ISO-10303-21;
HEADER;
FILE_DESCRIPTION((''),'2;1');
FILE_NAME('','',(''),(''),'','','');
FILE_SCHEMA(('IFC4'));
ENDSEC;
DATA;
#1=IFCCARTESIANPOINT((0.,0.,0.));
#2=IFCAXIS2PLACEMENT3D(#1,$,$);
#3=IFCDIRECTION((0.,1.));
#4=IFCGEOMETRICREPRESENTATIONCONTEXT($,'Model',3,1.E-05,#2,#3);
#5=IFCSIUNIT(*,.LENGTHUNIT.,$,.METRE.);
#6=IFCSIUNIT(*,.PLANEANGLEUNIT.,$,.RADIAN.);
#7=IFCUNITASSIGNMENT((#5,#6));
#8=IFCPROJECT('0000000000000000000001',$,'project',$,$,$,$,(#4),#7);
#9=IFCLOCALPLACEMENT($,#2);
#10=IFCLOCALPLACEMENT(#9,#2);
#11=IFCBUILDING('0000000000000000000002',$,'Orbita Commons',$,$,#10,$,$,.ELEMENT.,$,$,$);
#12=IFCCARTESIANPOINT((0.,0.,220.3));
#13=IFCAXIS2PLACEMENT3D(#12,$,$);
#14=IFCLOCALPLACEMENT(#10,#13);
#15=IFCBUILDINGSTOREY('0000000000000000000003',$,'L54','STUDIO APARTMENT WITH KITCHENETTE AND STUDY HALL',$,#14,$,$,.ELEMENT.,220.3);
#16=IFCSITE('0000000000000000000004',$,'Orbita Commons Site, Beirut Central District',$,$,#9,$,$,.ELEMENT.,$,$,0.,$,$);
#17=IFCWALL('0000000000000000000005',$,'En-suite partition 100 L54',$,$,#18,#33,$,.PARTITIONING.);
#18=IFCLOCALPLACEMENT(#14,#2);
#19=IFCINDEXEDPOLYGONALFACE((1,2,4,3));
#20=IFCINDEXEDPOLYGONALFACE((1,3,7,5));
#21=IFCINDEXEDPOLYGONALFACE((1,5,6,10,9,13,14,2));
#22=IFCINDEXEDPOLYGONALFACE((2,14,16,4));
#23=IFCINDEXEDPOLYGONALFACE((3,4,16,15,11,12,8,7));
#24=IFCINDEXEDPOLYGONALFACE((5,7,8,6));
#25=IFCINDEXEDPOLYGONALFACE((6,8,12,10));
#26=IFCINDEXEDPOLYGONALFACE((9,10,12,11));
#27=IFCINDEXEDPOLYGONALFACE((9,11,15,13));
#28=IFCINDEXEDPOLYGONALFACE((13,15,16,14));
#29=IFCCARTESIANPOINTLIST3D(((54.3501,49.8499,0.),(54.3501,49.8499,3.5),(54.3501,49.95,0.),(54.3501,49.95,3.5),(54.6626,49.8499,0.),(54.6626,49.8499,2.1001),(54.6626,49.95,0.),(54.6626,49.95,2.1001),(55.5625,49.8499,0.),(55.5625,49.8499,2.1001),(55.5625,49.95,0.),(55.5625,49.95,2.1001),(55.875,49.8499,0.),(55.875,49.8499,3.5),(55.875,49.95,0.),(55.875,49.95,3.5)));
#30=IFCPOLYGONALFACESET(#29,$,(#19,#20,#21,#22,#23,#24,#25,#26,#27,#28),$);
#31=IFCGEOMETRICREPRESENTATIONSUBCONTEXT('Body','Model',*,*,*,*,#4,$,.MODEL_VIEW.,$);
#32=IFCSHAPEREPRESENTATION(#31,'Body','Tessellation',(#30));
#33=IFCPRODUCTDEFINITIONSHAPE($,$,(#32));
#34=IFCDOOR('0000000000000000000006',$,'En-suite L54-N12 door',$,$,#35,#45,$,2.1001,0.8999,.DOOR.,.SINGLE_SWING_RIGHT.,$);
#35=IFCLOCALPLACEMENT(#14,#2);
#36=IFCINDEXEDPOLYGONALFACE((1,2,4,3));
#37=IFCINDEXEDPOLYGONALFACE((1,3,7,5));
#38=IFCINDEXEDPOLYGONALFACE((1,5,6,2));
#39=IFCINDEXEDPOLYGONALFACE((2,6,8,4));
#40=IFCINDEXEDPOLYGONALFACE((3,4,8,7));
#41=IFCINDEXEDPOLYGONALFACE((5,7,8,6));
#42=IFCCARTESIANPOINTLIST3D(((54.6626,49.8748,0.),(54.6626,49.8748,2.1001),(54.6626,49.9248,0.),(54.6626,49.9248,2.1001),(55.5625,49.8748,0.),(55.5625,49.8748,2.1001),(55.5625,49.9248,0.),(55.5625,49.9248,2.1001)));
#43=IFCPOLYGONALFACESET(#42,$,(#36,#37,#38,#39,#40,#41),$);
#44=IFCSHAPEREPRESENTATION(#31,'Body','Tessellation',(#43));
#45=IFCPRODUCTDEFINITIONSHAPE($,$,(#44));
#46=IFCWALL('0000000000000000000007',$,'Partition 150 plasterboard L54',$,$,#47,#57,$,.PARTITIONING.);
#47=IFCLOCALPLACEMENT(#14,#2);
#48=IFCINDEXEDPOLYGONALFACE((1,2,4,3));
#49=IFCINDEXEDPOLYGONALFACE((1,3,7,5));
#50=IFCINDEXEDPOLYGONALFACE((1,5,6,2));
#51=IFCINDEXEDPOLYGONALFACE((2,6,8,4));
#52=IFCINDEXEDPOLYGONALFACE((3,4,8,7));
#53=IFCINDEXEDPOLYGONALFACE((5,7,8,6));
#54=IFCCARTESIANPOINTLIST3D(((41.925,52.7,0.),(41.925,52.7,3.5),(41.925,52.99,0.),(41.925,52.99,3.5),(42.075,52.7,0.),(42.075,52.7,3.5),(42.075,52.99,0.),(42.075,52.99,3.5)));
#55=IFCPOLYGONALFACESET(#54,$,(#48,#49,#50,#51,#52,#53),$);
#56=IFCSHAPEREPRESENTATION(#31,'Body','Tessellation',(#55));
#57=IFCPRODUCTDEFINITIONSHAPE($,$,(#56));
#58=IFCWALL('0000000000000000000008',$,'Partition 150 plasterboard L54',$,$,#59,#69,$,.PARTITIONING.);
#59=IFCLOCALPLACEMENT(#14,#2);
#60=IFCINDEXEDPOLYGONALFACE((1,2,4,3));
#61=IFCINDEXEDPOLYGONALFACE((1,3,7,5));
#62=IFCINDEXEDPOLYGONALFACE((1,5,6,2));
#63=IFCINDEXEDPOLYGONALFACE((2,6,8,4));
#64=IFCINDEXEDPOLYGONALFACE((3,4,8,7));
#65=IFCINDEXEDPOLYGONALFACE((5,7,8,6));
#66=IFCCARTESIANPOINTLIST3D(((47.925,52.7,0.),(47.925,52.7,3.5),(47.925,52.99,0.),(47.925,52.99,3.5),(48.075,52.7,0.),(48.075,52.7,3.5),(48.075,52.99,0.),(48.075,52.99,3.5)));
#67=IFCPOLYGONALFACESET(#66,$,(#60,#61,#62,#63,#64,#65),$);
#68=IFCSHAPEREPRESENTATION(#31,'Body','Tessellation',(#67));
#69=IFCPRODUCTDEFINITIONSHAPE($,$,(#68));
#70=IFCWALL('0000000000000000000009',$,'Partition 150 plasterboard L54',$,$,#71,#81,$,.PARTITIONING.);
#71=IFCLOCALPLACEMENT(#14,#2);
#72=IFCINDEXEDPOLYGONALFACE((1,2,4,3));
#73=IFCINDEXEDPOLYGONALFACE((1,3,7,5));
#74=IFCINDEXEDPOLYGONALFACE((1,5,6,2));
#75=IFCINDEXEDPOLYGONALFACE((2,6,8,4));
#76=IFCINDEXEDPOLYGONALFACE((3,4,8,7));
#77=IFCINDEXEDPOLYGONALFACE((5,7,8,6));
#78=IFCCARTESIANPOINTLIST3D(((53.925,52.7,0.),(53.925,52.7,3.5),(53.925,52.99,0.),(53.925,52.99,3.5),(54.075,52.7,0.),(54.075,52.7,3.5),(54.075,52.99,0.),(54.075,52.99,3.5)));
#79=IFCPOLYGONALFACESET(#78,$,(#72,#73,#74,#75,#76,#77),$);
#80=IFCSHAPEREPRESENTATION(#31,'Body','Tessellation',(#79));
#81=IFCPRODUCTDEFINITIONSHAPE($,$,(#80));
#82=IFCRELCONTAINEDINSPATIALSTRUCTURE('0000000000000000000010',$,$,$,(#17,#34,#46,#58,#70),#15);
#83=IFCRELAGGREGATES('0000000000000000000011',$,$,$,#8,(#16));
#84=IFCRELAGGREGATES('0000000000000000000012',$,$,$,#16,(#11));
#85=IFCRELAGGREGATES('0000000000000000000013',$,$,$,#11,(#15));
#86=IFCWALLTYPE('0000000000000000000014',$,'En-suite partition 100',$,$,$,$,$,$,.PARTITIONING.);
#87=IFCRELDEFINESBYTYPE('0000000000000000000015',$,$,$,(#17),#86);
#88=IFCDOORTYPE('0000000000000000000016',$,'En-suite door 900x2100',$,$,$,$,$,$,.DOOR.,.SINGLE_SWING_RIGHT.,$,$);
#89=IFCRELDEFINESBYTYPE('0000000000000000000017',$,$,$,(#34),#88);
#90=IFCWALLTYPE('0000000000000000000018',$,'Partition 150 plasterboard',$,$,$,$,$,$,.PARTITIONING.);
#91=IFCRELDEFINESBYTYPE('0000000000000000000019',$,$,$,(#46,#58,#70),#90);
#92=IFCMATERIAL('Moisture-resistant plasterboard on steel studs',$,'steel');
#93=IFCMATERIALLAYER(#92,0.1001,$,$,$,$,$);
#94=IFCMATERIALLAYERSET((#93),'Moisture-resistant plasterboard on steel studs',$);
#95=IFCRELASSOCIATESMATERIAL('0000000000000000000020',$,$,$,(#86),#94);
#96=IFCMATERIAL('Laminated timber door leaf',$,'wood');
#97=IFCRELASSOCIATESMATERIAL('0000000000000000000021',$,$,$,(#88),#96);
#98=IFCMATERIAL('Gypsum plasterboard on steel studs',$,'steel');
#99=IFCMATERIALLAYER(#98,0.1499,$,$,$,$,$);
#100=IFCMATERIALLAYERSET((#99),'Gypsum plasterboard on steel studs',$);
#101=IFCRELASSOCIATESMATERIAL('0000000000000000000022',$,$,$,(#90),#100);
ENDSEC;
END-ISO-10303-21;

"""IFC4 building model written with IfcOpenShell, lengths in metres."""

from ifc_helpers import new_model, si_unit, direction, frame, frame_2d, origin, place, context, subcontext, project, spatial, rectangle, extrude, material, layer, layer_set, type_object, element, fill, save


model = new_model("IFC4")

# Units and contexts
model_context = context("Model", 3, precision=1e-05, world=origin(), true_north=direction((0.0, 1.0)))
body_context = subcontext(model_context, "Body", "Model", "MODEL_VIEW")
ifc_project = project(units=[si_unit("LENGTHUNIT", "METRE"), si_unit("PLANEANGLEUNIT", "RADIAN")], contexts=[model_context])

# Site, building, storey
site_placement = place(None, origin())
site = spatial("IfcSite", under=ifc_project, at=site_placement, Name="Orbita Commons Site, Beirut Central District", CompositionType="ELEMENT", RefElevation=0.0)
building_placement = place(site_placement, origin())
building = spatial("IfcBuilding", under=site, at=building_placement, Name="Orbita Commons", CompositionType="ELEMENT")
storey_placement = place(building_placement, frame((0.0, 0.0, 220.3)))
storey = spatial("IfcBuildingStorey", under=building, at=storey_placement, Name="L54", Description="STUDIO APARTMENT WITH KITCHENETTE AND STUDY HALL", CompositionType="ELEMENT", Elevation=220.3)

# Wall, opening, door
ifc_material_1 = material(Name="Moisture-resistant plasterboard on steel studs", Category="steel")
ifc_layer_1 = layer(ifc_material_1, 0.1001)
ifc_layer_set_1 = layer_set([ifc_layer_1], Name="Moisture-resistant plasterboard on steel studs")
wall_type_1 = type_object("IfcWallType", Name="En-suite partition 100", PredefinedType="PARTITIONING", material=ifc_layer_set_1)
ifc_material_2 = material(Name="Laminated timber door leaf", Category="wood")
door_type_1 = type_object("IfcDoorType", Name="En-suite door 900x2100", OperationType="SINGLE_SWING_RIGHT", PredefinedType="DOOR", material=ifc_material_2)
wall_1_placement = place(storey_placement, frame((54.3501, 49.8999, 0.0), z_axis=(0.0, 0.0, 1.0), x_axis=(1.0, 0.0, 0.0)))
wall_1 = element("IfcWall", 1, at=wall_1_placement, inside=storey, type_object=wall_type_1, Name="En-suite partition 100 L54", PredefinedType="PARTITIONING", context=body_context, shape_type="SweptSolid", body=[
    extrude(rectangle(XDim=1.5249, YDim=0.1001, at=frame_2d((0.7625, 0.0))), origin(), (0.0, 0.0, 1.0), 3.5),
])
opening_1_placement = place(wall_1_placement, frame((0.3125, 0.0, 0.0)))
opening_1 = element("IfcOpeningElement", 2, at=opening_1_placement, cuts=wall_1, PredefinedType="OPENING", context=body_context, shape_type="SweptSolid", body=[
    extrude(rectangle(XDim=0.8999, YDim=2.1001, at=frame_2d((0.45, 1.05))), frame((0.0, 0.0601, 0.0), z_axis=(0.0, -1.0, 0.0), x_axis=(1.0, 0.0, 0.0)), (0.0, 0.0, 1.0), 0.1201),
])
door_1_placement = place(opening_1_placement, origin())
door_1 = element("IfcDoor", 3, at=door_1_placement, inside=storey, type_object=door_type_1, Name="En-suite L54-N12 door", OperationType="SINGLE_SWING_RIGHT", OverallHeight=2.1001, OverallWidth=0.8999, PredefinedType="DOOR", context=body_context, shape_type="SweptSolid", body=[
    extrude(rectangle(XDim=0.8999, YDim=2.1001, at=frame_2d((0.45, 1.05))), frame((0.0, 0.0249, 0.0), z_axis=(0.0, -1.0, 0.0), x_axis=(1.0, 0.0, 0.0)), (0.0, 0.0, 1.0), 0.05),
])
fill(opening_1, door_1)

# Walls
ifc_material_3 = material(Name="Gypsum plasterboard on steel studs", Category="steel")
ifc_layer_2 = layer(ifc_material_3, 0.1499)
ifc_layer_set_2 = layer_set([ifc_layer_2], Name="Gypsum plasterboard on steel studs")
wall_type_2 = type_object("IfcWallType", Name="Partition 150 plasterboard", PredefinedType="PARTITIONING", material=ifc_layer_set_2)
for number, where, z_axis, x_axis, name in (
    (4, (42.0, 52.7, 0.0), (0.0, 0.0, 1.0), (0.0, 1.0, 0.0), "Partition 150 plasterboard L54"),
    (5, (48.0, 52.7, 0.0), (0.0, 0.0, 1.0), (0.0, 1.0, 0.0), "Partition 150 plasterboard L54"),
    (6, (54.0, 52.7, 0.0), (0.0, 0.0, 1.0), (0.0, 1.0, 0.0), "Partition 150 plasterboard L54"),
):
    element("IfcWall", number, at=place(storey_placement, frame(where, z_axis=z_axis, x_axis=x_axis)), inside=storey, type_object=wall_type_2, Name=name, PredefinedType="PARTITIONING", context=body_context, shape_type="SweptSolid", body=[
        extrude(rectangle(XDim=0.29, YDim=0.1499, at=frame_2d((0.145, 0.0))), origin(), (0.0, 0.0, 1.0), 3.5),
    ])

save(model, "model.ifc")
